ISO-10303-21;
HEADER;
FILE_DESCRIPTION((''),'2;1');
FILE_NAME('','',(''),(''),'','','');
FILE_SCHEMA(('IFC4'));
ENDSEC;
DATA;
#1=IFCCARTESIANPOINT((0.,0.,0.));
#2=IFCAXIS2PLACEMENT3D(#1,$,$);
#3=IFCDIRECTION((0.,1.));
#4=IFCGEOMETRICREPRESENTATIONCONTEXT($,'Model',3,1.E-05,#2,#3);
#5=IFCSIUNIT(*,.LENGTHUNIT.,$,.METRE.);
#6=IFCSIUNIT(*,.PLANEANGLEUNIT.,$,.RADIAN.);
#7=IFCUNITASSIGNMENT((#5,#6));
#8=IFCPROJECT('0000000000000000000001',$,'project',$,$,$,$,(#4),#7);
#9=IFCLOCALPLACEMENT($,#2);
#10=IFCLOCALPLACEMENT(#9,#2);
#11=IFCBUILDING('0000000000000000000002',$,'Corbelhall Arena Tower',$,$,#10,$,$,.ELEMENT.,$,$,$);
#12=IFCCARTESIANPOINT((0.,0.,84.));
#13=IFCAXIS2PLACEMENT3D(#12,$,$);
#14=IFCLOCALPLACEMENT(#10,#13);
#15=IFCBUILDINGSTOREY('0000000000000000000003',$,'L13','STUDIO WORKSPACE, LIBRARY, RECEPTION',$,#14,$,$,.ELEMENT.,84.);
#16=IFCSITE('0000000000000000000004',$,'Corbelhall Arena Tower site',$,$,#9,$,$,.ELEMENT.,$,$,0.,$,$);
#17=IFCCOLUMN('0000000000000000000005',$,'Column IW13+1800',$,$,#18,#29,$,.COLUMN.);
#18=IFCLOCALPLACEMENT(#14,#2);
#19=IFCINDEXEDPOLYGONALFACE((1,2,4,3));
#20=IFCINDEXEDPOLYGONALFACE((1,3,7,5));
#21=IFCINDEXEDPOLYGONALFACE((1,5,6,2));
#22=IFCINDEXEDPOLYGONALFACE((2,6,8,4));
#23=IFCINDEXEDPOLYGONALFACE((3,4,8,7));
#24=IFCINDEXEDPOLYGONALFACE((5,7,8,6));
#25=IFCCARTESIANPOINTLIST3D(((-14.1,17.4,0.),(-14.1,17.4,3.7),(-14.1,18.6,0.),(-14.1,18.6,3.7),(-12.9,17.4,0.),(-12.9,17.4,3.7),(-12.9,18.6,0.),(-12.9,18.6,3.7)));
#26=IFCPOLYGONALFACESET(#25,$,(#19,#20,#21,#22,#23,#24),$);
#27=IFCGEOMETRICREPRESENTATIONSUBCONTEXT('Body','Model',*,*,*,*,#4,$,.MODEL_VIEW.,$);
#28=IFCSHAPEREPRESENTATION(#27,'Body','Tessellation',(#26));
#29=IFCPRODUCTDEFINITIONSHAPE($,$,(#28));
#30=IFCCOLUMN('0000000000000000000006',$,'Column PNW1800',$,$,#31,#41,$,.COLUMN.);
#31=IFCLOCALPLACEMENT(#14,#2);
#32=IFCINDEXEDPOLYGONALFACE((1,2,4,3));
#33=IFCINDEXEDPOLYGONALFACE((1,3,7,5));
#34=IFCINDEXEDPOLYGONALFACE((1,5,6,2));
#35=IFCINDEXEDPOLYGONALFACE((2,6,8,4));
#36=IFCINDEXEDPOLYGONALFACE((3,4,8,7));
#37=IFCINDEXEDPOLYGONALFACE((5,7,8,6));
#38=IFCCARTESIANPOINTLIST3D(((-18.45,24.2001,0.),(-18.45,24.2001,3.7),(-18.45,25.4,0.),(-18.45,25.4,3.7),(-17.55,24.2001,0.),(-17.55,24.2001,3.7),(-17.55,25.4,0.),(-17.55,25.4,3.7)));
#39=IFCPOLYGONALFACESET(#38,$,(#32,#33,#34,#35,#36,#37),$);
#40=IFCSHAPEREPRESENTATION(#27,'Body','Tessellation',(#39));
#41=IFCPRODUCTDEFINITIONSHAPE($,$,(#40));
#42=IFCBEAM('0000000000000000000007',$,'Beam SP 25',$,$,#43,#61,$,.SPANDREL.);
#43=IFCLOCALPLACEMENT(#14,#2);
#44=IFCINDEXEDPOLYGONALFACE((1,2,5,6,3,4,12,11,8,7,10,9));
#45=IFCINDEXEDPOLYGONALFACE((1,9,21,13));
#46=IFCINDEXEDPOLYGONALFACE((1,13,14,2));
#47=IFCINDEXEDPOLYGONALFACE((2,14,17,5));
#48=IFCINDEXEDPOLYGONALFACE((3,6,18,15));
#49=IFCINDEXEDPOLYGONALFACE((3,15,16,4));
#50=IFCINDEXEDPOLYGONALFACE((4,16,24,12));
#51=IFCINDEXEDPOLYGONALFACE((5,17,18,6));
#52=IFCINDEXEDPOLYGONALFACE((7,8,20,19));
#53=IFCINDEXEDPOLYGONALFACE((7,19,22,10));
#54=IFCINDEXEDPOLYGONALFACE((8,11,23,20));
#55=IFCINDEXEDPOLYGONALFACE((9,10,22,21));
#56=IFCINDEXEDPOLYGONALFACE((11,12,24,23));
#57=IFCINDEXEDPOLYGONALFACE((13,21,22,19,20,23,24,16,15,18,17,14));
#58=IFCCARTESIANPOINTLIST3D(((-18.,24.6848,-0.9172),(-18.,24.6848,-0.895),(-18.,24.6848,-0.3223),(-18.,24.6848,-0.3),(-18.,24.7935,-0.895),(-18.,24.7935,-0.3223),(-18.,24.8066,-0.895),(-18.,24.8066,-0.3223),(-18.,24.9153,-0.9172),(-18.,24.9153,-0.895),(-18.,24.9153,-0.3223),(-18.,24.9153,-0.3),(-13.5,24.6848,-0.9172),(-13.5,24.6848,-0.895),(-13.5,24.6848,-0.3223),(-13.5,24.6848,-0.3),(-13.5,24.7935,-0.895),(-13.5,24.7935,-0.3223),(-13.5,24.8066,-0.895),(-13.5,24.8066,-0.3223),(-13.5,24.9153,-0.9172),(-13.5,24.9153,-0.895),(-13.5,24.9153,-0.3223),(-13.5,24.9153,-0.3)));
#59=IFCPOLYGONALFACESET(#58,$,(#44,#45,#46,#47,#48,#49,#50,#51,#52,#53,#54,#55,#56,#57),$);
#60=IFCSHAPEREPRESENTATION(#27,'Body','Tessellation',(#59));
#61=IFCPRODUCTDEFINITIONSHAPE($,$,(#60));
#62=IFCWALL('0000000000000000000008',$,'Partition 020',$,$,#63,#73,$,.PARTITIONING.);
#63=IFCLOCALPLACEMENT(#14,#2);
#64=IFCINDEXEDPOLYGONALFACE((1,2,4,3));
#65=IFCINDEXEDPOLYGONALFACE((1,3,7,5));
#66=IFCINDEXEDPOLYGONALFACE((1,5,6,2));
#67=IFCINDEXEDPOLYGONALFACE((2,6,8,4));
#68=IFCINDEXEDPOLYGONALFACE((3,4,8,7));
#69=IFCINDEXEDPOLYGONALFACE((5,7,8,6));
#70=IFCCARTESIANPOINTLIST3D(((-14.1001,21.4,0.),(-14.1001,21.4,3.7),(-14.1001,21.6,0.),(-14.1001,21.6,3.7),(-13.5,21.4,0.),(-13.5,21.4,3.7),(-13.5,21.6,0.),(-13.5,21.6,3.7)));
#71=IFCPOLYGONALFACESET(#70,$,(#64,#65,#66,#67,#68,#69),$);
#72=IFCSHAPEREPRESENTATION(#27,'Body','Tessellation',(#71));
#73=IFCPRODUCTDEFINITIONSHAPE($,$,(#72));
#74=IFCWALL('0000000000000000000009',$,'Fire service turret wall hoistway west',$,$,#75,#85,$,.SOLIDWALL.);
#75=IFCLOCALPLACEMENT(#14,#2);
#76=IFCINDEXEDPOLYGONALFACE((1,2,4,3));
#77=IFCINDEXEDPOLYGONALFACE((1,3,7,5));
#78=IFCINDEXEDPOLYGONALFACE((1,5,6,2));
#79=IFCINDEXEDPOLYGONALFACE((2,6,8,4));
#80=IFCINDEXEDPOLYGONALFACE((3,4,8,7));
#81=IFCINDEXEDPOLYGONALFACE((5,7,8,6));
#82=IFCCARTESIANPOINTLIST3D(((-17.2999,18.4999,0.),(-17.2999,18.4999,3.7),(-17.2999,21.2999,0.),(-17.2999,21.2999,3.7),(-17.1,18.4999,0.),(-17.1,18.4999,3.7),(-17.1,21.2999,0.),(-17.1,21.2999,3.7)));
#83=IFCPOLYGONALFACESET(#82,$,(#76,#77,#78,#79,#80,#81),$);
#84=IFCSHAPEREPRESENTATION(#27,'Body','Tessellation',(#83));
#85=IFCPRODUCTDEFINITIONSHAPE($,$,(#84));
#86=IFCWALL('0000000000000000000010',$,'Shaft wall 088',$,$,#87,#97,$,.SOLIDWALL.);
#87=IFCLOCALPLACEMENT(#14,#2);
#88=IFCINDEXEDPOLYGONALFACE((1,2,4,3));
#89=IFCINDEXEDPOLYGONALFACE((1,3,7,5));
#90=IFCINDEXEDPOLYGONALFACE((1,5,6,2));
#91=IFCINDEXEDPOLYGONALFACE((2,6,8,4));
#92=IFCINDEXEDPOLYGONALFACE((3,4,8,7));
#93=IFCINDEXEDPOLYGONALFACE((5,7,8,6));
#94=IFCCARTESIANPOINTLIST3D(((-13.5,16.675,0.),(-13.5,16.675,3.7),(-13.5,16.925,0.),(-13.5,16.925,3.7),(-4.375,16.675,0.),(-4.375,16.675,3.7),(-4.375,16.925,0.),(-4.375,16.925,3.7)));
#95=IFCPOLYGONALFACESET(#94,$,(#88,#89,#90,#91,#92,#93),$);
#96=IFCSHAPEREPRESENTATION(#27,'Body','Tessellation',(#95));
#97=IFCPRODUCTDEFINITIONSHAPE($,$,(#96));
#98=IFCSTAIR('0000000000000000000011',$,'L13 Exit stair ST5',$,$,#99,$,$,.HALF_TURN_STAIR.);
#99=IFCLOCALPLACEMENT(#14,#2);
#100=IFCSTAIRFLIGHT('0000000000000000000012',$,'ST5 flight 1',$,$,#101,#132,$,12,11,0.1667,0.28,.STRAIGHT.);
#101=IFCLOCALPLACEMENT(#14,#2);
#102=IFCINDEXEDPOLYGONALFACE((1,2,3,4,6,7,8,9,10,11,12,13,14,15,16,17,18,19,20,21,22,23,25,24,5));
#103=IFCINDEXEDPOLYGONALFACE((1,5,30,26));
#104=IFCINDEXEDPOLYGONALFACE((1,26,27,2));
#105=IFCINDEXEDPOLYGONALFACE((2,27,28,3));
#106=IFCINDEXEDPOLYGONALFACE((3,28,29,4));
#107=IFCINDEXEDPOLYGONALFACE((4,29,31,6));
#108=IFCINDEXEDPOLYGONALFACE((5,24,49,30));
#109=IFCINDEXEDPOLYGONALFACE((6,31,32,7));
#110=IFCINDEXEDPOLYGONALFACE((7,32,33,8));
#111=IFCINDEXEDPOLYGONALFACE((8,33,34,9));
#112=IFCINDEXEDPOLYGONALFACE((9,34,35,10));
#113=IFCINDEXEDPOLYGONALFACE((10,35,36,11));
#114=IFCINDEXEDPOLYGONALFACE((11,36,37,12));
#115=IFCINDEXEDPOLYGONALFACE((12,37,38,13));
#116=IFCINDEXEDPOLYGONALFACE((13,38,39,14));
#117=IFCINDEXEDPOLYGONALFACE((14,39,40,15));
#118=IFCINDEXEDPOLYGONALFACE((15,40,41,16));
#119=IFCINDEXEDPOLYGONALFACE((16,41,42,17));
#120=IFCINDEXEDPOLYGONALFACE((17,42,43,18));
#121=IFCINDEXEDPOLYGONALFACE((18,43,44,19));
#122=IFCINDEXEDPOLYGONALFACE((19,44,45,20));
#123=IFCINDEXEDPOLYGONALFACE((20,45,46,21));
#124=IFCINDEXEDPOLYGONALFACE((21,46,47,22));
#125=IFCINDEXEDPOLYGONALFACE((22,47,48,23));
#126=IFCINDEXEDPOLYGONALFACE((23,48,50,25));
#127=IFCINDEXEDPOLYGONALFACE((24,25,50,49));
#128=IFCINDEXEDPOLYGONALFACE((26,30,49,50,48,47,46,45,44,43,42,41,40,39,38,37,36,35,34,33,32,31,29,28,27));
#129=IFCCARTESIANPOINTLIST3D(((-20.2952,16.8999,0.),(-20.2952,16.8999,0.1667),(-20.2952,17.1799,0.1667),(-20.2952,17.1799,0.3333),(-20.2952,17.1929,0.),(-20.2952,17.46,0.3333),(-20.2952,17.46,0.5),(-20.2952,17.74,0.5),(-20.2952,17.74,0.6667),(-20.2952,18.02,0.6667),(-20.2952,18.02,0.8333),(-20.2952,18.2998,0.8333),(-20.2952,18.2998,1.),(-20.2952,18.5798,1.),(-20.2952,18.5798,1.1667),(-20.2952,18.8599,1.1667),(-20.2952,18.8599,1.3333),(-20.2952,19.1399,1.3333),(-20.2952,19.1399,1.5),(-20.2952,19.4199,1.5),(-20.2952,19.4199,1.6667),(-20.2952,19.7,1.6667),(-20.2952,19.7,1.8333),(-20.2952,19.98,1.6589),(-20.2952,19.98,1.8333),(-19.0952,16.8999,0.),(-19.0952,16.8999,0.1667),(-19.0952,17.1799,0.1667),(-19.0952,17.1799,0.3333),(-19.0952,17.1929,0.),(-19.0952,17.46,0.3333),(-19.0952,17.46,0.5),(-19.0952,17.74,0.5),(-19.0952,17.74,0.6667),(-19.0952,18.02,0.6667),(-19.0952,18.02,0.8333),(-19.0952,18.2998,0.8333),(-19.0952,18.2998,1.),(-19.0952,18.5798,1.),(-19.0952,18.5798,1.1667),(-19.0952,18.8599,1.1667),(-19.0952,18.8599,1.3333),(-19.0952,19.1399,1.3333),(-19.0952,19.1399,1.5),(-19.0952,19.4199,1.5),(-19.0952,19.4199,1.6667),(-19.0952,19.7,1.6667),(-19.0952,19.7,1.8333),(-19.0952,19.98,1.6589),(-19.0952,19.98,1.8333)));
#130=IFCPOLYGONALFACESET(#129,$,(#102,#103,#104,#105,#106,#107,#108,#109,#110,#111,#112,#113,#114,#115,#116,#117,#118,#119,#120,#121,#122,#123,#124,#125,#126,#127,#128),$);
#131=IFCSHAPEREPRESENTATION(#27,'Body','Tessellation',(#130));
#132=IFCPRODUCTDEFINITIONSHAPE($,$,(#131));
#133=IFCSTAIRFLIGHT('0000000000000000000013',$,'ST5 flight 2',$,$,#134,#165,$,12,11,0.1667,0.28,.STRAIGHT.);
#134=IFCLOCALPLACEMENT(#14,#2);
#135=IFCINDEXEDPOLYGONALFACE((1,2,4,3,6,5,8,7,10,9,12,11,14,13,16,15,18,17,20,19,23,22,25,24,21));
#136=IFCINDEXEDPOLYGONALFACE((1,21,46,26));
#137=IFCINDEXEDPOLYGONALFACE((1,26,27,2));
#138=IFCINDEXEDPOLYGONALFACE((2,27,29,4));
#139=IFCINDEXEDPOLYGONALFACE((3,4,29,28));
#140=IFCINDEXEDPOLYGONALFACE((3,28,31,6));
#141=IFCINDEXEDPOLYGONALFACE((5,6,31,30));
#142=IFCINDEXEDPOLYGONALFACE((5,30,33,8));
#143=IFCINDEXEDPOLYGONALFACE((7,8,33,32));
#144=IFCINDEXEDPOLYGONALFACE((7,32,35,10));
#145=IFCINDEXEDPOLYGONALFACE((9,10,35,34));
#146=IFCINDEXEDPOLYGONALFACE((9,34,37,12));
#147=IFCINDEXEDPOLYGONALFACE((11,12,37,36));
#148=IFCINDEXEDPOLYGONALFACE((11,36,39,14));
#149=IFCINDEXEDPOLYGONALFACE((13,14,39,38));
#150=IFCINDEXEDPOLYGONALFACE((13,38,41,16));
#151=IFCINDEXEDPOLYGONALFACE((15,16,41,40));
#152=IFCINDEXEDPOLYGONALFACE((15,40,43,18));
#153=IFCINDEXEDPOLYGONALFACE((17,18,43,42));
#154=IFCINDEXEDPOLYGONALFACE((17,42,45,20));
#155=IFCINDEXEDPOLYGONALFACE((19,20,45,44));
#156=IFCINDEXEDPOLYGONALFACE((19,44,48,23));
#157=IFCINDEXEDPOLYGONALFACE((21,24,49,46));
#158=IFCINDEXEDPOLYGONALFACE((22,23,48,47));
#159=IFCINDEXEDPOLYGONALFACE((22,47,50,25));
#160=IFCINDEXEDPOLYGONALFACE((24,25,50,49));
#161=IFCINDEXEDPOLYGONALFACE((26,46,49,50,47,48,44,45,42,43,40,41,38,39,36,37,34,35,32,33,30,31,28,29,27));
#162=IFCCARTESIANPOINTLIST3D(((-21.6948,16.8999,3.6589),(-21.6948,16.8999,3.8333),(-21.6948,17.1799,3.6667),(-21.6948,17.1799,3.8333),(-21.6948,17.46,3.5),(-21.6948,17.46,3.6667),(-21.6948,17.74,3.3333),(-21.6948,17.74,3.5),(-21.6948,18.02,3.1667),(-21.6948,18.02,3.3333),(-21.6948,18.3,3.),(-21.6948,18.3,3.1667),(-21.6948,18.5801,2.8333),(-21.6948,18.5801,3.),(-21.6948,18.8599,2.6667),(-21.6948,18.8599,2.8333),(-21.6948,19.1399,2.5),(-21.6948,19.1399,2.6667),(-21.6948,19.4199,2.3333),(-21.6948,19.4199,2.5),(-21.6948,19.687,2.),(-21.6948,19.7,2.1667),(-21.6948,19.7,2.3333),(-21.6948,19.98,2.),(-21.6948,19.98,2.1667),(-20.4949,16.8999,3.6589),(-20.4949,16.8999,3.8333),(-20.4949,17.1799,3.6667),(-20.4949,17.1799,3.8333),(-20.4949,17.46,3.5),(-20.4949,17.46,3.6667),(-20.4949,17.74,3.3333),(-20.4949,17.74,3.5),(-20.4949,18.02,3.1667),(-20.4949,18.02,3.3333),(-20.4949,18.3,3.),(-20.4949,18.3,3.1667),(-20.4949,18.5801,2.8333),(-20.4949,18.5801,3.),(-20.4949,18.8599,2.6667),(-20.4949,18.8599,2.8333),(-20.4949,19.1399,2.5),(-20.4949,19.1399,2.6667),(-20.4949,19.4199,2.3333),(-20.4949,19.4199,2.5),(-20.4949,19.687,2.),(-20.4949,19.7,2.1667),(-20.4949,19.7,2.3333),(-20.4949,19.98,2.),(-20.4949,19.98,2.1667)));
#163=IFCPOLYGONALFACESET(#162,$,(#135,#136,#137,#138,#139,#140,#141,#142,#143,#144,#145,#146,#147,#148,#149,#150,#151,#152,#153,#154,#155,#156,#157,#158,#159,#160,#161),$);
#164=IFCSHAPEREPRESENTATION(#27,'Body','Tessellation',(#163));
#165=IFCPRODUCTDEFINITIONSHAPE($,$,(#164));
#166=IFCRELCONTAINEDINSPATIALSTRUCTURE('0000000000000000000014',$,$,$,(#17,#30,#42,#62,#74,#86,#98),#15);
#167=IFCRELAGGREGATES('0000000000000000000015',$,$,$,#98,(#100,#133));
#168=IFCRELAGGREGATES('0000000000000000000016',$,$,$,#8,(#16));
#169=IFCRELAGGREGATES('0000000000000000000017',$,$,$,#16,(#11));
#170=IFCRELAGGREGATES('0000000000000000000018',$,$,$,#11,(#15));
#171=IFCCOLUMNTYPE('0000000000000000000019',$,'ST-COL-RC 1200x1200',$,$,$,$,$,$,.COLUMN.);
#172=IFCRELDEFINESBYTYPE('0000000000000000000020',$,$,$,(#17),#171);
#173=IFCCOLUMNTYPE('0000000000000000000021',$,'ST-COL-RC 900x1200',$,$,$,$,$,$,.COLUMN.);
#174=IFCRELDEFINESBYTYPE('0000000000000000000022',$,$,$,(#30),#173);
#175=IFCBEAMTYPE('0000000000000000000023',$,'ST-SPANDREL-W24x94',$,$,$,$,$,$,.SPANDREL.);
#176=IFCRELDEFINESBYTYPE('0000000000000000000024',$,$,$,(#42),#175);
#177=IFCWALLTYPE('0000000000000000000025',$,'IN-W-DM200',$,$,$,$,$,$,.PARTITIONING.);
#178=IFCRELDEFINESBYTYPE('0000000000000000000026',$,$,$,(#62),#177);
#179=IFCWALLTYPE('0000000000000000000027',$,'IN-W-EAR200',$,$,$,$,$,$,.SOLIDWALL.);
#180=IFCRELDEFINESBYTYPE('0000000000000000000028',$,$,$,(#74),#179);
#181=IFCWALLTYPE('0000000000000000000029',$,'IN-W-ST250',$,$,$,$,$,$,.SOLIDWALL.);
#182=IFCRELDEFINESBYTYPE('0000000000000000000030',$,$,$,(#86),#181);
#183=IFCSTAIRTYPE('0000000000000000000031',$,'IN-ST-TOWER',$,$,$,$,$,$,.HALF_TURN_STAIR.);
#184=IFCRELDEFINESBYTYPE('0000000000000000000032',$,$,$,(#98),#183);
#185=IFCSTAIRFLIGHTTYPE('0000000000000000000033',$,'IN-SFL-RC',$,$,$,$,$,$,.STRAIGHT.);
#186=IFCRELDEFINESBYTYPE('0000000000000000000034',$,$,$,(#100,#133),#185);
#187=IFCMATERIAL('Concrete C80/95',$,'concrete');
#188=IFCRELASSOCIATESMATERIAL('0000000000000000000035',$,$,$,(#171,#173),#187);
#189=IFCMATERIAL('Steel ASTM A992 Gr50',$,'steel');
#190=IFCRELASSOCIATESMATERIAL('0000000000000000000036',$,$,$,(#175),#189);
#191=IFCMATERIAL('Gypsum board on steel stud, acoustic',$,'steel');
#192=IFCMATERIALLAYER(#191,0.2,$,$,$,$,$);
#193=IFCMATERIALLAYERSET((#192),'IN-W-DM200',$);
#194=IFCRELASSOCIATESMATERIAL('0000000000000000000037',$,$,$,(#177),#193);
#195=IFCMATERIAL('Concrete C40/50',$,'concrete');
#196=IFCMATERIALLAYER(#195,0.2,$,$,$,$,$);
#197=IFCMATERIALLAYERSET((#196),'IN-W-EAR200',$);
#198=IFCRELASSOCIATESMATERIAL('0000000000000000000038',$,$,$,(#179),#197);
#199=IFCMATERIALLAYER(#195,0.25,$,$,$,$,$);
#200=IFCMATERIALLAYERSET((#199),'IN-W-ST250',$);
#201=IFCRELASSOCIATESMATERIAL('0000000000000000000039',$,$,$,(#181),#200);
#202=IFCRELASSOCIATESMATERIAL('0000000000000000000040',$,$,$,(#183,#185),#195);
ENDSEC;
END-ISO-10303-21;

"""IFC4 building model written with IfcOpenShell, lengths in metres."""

from ifc_helpers import new_model, si_unit, direction, frame, frame_2d, origin, origin_2d, place, context, subcontext, project, spatial, polyline, rectangle, i_section, outline, extrude, material, layer, layer_set, material_profile, profile_set, type_object, element, aggregate, save


model = new_model("IFC4")

# Units and contexts
model_context = context("Model", 3, precision=1e-05, world=origin(), true_north=direction((0.0, 1.0)))
body_context = subcontext(model_context, "Body", "Model", "MODEL_VIEW")
ifc_project = project(units=[si_unit("LENGTHUNIT", "METRE"), si_unit("PLANEANGLEUNIT", "RADIAN")], contexts=[model_context])

# Site, building, storey
site_placement = place(None, origin())
site = spatial("IfcSite", under=ifc_project, at=site_placement, Name="Corbelhall Arena Tower site", CompositionType="ELEMENT", RefElevation=0.0)
building_placement = place(site_placement, origin())
building = spatial("IfcBuilding", under=site, at=building_placement, Name="Corbelhall Arena Tower", CompositionType="ELEMENT")
storey_placement = place(building_placement, frame((0.0, 0.0, 84.0)))
storey = spatial("IfcBuildingStorey", under=building, at=storey_placement, Name="L13", Description="STUDIO WORKSPACE, LIBRARY, RECEPTION", CompositionType="ELEMENT", Elevation=84.0)

# Columns
ifc_material_1 = material(Name="Concrete C80/95", Category="concrete")
ifc_material_profile_1 = material_profile(ifc_material_1, rectangle(XDim=1.2, YDim=1.2, at=origin_2d()))
ifc_profile_set_1 = profile_set([ifc_material_profile_1], Name="Concrete C80/95")
column_type_1 = type_object("IfcColumnType", Name="ST-COL-RC 1200x1200", PredefinedType="COLUMN", material=ifc_profile_set_1)
column_1_placement = place(storey_placement, frame((-13.5, 18.0, 0.0), z_axis=(0.0, 0.0, 1.0), x_axis=(1.0, 0.0, 0.0)))
element("IfcColumn", 1, at=column_1_placement, inside=storey, type_object=column_type_1, Name="Column IW13+1800", PredefinedType="COLUMN", context=body_context, shape_type="SweptSolid", body=[
    extrude(rectangle(XDim=1.2, YDim=1.2, at=origin_2d()), origin(), (0.0, 0.0, 1.0), 3.7),
])
ifc_material_profile_2 = material_profile(ifc_material_1, rectangle(XDim=0.8999, YDim=1.2, at=origin_2d()))
ifc_profile_set_2 = profile_set([ifc_material_profile_2], Name="Concrete C80/95")
column_type_2 = type_object("IfcColumnType", Name="ST-COL-RC 900x1200", PredefinedType="COLUMN", material=ifc_profile_set_2)
column_2_placement = place(storey_placement, frame((-18.0, 24.8, 0.0), z_axis=(0.0, 0.0, 1.0), x_axis=(1.0, 0.0, 0.0)))
element("IfcColumn", 2, at=column_2_placement, inside=storey, type_object=column_type_2, Name="Column PNW1800", PredefinedType="COLUMN", context=body_context, shape_type="SweptSolid", body=[
    extrude(rectangle(XDim=0.8999, YDim=1.2, at=origin_2d()), origin(), (0.0, 0.0, 1.0), 3.7),
])

# Beam
ifc_material_2 = material(Name="Steel ASTM A992 Gr50", Category="steel")
ifc_material_profile_3 = material_profile(ifc_material_2, i_section(OverallWidth=0.2305, OverallDepth=0.6172, WebThickness=0.0132, FlangeThickness=0.0222, at=origin_2d()))
ifc_profile_set_3 = profile_set([ifc_material_profile_3], Name="Steel ASTM A992 Gr50")
beam_type = type_object("IfcBeamType", Name="ST-SPANDREL-W24x94", PredefinedType="SPANDREL", material=ifc_profile_set_3)
beam_placement = place(storey_placement, frame((-18.0, 24.8, -0.6086), z_axis=(1.0, 0.0, 0.0), x_axis=(0.0, 1.0, 0.0)))
element("IfcBeam", 3, at=beam_placement, inside=storey, type_object=beam_type, Name="Beam SP 25", PredefinedType="SPANDREL", context=body_context, shape_type="SweptSolid", body=[
    extrude(i_section(OverallWidth=0.2305, OverallDepth=0.6172, WebThickness=0.0132, FlangeThickness=0.0222, at=origin_2d()), origin(), (0.0, 0.0, 1.0), 4.5),
])

# Wall
ifc_material_3 = material(Name="Gypsum board on steel stud, acoustic", Category="steel")
ifc_layer_1 = layer(ifc_material_3, 0.2)
ifc_layer_set_1 = layer_set([ifc_layer_1], Name="IN-W-DM200")
wall_type_1 = type_object("IfcWallType", Name="IN-W-DM200", PredefinedType="PARTITIONING", material=ifc_layer_set_1)
wall_1_placement = place(storey_placement, frame((-13.5, 21.5, 0.0), z_axis=(0.0, 0.0, 1.0), x_axis=(-1.0, 0.0, 0.0)))
element("IfcWall", 4, at=wall_1_placement, inside=storey, type_object=wall_type_1, Name="Partition 020", PredefinedType="PARTITIONING", context=body_context, shape_type="SweptSolid", body=[
    extrude(rectangle(XDim=0.6001, YDim=0.2, at=frame_2d((0.3, 0.0))), origin(), (0.0, 0.0, 1.0), 3.7),
])

# Wall
ifc_material_4 = material(Name="Concrete C40/50", Category="concrete")
ifc_layer_2 = layer(ifc_material_4, 0.2)
ifc_layer_set_2 = layer_set([ifc_layer_2], Name="IN-W-EAR200")
wall_type_2 = type_object("IfcWallType", Name="IN-W-EAR200", PredefinedType="SOLIDWALL", material=ifc_layer_set_2)
wall_2_placement = place(storey_placement, frame((-17.2, 18.5, 0.0), z_axis=(0.0, 0.0, 1.0), x_axis=(0.0, 1.0, 0.0)))
element("IfcWall", 5, at=wall_2_placement, inside=storey, type_object=wall_type_2, Name="Fire service turret wall hoistway west", PredefinedType="SOLIDWALL", context=body_context, shape_type="SweptSolid", body=[
    extrude(rectangle(XDim=2.8, YDim=0.2, at=frame_2d((1.3999, 0.0))), origin(), (0.0, 0.0, 1.0), 3.7),
])

# Wall
ifc_layer_3 = layer(ifc_material_4, 0.25)
ifc_layer_set_3 = layer_set([ifc_layer_3], Name="IN-W-ST250")
wall_type_3 = type_object("IfcWallType", Name="IN-W-ST250", PredefinedType="SOLIDWALL", material=ifc_layer_set_3)
wall_3_placement = place(storey_placement, frame((-13.5, 16.8, 0.0), z_axis=(0.0, 0.0, 1.0), x_axis=(1.0, 0.0, 0.0)))
element("IfcWall", 6, at=wall_3_placement, inside=storey, type_object=wall_type_3, Name="Shaft wall 088", PredefinedType="SOLIDWALL", context=body_context, shape_type="SweptSolid", body=[
    extrude(rectangle(XDim=9.125, YDim=0.25, at=frame_2d((4.5625, 0.0))), origin(), (0.0, 0.0, 1.0), 3.7),
])

# Stair, stair flights
stair_type = type_object("IfcStairType", Name="IN-ST-TOWER", PredefinedType="HALF_TURN_STAIR", material=ifc_material_4)
stair_placement = place(storey_placement, origin())
stair = element("IfcStair", 7, at=stair_placement, inside=storey, type_object=stair_type, Name="L13 Exit stair ST5", PredefinedType="HALF_TURN_STAIR")
stair_flight_type = type_object("IfcStairFlightType", Name="IN-SFL-RC", PredefinedType="STRAIGHT", material=ifc_material_4)
stair_flight_1_placement = place(storey_placement, frame((-19.6951, 16.8999, 0.0), z_axis=(0.0, 0.0, 1.0), x_axis=(0.0, 1.0, 0.0)))
stair_flight_1 = element("IfcStairFlight", 8, at=stair_flight_1_placement, type_object=stair_flight_type, Name="ST5 flight 1", NumberOfRisers=12, NumberOfTreads=11, PredefinedType="STRAIGHT", RiserHeight=0.1667, TreadLength=0.28, context=body_context, shape_type="SweptSolid", body=[
    extrude(outline(polyline([(0.0, 0.0), (0.0, 0.1667), (0.28, 0.1667), (0.28, 0.3333), (0.5601, 0.3333), (0.5601, 0.5), (0.8401, 0.5), (0.8401, 0.6667), (1.1201, 0.6667), (1.1201, 0.8333), (1.3999, 0.8333), (1.3999, 1.0), (1.6799, 1.0), (1.6799, 1.1667), (1.96, 1.1667), (1.96, 1.3333), (2.24, 1.3333), (2.24, 1.5), (2.52, 1.5), (2.52, 1.6667), (2.8, 1.6667), (2.8, 1.8333), (3.0801, 1.8333), (3.0801, 2.0), (3.0801, 1.6589), (0.293, 0.0), (0.0, 0.0)])), frame((0.0, 0.6001, 0.0), z_axis=(0.0, -1.0, 0.0), x_axis=(1.0, 0.0, 0.0)), (0.0, 0.0, 1.0), 1.2),
])
stair_flight_2_placement = place(storey_placement, frame((-21.095, 19.98, 2.0), z_axis=(0.0, 0.0, 1.0), x_axis=(0.0, -1.0, 0.0)))
stair_flight_2 = element("IfcStairFlight", 9, at=stair_flight_2_placement, type_object=stair_flight_type, Name="ST5 flight 2", NumberOfRisers=12, NumberOfTreads=11, PredefinedType="STRAIGHT", RiserHeight=0.1667, TreadLength=0.28, context=body_context, shape_type="SweptSolid", body=[
    extrude(outline(polyline([(0.0, 0.0), (0.0, 0.1667), (0.28, 0.1667), (0.28, 0.3333), (0.5601, 0.3333), (0.5601, 0.5), (0.8401, 0.5), (0.8401, 0.6667), (1.1201, 0.6667), (1.1201, 0.8333), (1.3999, 0.8333), (1.3999, 1.0), (1.6799, 1.0), (1.6799, 1.1667), (1.96, 1.1667), (1.96, 1.3333), (2.24, 1.3333), (2.24, 1.5), (2.52, 1.5), (2.52, 1.6667), (2.8, 1.6667), (2.8, 1.8333), (3.0801, 1.8333), (3.0801, 2.0), (3.0801, 1.6589), (0.293, 0.0), (0.0, 0.0)])), frame((0.0, 0.6001, 0.0), z_axis=(0.0, -1.0, 0.0), x_axis=(1.0, 0.0, 0.0)), (0.0, 0.0, 1.0), 1.2),
])
aggregate(stair, [stair_flight_1, stair_flight_2])

save(model, "model.ifc")
